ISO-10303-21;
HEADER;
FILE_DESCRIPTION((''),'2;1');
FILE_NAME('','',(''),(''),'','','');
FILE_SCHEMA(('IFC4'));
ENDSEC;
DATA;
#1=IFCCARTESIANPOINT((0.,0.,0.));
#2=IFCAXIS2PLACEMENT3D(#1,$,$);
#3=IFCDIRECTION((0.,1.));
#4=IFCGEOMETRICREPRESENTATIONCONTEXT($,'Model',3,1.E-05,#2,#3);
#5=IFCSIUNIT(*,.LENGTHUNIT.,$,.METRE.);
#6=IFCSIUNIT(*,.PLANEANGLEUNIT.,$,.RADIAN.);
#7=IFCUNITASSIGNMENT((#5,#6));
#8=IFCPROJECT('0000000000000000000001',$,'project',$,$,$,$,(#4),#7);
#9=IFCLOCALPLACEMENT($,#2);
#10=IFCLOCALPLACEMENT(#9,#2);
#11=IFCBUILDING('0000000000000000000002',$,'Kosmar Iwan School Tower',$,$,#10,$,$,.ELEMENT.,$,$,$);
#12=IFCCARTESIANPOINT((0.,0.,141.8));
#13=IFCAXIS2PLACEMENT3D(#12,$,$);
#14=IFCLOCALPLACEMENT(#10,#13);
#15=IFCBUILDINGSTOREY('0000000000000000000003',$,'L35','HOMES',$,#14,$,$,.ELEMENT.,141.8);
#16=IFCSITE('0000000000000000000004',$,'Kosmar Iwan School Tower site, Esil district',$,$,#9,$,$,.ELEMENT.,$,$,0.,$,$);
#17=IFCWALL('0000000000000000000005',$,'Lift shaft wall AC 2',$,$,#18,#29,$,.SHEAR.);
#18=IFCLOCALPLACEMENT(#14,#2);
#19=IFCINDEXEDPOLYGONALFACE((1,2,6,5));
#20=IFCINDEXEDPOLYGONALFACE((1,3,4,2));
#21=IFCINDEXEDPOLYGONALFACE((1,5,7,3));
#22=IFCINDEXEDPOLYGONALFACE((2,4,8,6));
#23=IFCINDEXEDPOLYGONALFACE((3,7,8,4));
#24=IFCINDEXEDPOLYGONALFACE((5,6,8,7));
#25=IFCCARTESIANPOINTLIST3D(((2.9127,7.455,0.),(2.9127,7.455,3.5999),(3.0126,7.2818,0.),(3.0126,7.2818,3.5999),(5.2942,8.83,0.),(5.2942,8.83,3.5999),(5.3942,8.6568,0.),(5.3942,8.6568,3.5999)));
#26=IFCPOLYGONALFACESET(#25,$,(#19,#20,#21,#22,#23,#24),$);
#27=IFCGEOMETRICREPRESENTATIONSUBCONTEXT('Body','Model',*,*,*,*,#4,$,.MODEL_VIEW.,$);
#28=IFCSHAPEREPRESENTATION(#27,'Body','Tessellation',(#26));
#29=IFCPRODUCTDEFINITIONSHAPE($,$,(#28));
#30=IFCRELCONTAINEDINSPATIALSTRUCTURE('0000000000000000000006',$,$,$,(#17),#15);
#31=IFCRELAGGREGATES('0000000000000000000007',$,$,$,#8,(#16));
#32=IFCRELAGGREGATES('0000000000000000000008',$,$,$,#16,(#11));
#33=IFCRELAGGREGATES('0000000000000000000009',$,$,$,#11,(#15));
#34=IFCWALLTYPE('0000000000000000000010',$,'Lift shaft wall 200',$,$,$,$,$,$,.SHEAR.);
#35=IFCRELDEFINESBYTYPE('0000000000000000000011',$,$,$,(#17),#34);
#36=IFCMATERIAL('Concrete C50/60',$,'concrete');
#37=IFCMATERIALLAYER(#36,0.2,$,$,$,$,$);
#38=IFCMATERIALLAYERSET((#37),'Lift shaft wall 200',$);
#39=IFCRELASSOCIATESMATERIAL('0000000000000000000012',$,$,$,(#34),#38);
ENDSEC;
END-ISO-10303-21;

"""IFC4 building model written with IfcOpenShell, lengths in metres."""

from ifc_helpers import new_model, si_unit, direction, frame, frame_2d, origin, place, context, subcontext, project, spatial, rectangle, extrude, material, layer, layer_set, type_object, element, save


model = new_model("IFC4")

# Units and contexts
model_context = context("Model", 3, precision=1e-05, world=origin(), true_north=direction((0.0, 1.0)))
body_context = subcontext(model_context, "Body", "Model", "MODEL_VIEW")
ifc_project = project(units=[si_unit("LENGTHUNIT", "METRE"), si_unit("PLANEANGLEUNIT", "RADIAN")], contexts=[model_context])

# Site, building, storey
site_placement = place(None, origin())
site = spatial("IfcSite", under=ifc_project, at=site_placement, Name="Kosmar Iwan School Tower site, Esil district", CompositionType="ELEMENT", RefElevation=0.0)
building_placement = place(site_placement, origin())
building = spatial("IfcBuilding", under=site, at=building_placement, Name="Kosmar Iwan School Tower", CompositionType="ELEMENT")
storey_placement = place(building_placement, frame((0.0, 0.0, 141.8)))
storey = spatial("IfcBuildingStorey", under=building, at=storey_placement, Name="L35", Description="HOMES", CompositionType="ELEMENT", Elevation=141.8)

# Wall
ifc_material_1 = material(Name="Concrete C50/60", Category="concrete")
ifc_layer_1 = layer(ifc_material_1, 0.2)
ifc_layer_set_1 = layer_set([ifc_layer_1], Name="Lift shaft wall 200")
wall_type_1 = type_object("IfcWallType", Name="Lift shaft wall 200", PredefinedType="SHEAR", material=ifc_layer_set_1)
wall_1_placement = place(storey_placement, frame((2.9626, 7.3684, 0.0), z_axis=(0.0, 0.0, 1.0), x_axis=(0.866027, 0.499997, 0.0)))
element("IfcWall", 1, at=wall_1_placement, inside=storey, type_object=wall_type_1, Name="Lift shaft wall AC 2", PredefinedType="SHEAR", context=body_context, shape_type="SweptSolid", body=[
    extrude(rectangle(XDim=2.75, YDim=0.2, at=frame_2d((1.375, 0.0))), origin(), (0.0, 0.0, 1.0), 3.5999),
])

save(model, "model.ifc")
